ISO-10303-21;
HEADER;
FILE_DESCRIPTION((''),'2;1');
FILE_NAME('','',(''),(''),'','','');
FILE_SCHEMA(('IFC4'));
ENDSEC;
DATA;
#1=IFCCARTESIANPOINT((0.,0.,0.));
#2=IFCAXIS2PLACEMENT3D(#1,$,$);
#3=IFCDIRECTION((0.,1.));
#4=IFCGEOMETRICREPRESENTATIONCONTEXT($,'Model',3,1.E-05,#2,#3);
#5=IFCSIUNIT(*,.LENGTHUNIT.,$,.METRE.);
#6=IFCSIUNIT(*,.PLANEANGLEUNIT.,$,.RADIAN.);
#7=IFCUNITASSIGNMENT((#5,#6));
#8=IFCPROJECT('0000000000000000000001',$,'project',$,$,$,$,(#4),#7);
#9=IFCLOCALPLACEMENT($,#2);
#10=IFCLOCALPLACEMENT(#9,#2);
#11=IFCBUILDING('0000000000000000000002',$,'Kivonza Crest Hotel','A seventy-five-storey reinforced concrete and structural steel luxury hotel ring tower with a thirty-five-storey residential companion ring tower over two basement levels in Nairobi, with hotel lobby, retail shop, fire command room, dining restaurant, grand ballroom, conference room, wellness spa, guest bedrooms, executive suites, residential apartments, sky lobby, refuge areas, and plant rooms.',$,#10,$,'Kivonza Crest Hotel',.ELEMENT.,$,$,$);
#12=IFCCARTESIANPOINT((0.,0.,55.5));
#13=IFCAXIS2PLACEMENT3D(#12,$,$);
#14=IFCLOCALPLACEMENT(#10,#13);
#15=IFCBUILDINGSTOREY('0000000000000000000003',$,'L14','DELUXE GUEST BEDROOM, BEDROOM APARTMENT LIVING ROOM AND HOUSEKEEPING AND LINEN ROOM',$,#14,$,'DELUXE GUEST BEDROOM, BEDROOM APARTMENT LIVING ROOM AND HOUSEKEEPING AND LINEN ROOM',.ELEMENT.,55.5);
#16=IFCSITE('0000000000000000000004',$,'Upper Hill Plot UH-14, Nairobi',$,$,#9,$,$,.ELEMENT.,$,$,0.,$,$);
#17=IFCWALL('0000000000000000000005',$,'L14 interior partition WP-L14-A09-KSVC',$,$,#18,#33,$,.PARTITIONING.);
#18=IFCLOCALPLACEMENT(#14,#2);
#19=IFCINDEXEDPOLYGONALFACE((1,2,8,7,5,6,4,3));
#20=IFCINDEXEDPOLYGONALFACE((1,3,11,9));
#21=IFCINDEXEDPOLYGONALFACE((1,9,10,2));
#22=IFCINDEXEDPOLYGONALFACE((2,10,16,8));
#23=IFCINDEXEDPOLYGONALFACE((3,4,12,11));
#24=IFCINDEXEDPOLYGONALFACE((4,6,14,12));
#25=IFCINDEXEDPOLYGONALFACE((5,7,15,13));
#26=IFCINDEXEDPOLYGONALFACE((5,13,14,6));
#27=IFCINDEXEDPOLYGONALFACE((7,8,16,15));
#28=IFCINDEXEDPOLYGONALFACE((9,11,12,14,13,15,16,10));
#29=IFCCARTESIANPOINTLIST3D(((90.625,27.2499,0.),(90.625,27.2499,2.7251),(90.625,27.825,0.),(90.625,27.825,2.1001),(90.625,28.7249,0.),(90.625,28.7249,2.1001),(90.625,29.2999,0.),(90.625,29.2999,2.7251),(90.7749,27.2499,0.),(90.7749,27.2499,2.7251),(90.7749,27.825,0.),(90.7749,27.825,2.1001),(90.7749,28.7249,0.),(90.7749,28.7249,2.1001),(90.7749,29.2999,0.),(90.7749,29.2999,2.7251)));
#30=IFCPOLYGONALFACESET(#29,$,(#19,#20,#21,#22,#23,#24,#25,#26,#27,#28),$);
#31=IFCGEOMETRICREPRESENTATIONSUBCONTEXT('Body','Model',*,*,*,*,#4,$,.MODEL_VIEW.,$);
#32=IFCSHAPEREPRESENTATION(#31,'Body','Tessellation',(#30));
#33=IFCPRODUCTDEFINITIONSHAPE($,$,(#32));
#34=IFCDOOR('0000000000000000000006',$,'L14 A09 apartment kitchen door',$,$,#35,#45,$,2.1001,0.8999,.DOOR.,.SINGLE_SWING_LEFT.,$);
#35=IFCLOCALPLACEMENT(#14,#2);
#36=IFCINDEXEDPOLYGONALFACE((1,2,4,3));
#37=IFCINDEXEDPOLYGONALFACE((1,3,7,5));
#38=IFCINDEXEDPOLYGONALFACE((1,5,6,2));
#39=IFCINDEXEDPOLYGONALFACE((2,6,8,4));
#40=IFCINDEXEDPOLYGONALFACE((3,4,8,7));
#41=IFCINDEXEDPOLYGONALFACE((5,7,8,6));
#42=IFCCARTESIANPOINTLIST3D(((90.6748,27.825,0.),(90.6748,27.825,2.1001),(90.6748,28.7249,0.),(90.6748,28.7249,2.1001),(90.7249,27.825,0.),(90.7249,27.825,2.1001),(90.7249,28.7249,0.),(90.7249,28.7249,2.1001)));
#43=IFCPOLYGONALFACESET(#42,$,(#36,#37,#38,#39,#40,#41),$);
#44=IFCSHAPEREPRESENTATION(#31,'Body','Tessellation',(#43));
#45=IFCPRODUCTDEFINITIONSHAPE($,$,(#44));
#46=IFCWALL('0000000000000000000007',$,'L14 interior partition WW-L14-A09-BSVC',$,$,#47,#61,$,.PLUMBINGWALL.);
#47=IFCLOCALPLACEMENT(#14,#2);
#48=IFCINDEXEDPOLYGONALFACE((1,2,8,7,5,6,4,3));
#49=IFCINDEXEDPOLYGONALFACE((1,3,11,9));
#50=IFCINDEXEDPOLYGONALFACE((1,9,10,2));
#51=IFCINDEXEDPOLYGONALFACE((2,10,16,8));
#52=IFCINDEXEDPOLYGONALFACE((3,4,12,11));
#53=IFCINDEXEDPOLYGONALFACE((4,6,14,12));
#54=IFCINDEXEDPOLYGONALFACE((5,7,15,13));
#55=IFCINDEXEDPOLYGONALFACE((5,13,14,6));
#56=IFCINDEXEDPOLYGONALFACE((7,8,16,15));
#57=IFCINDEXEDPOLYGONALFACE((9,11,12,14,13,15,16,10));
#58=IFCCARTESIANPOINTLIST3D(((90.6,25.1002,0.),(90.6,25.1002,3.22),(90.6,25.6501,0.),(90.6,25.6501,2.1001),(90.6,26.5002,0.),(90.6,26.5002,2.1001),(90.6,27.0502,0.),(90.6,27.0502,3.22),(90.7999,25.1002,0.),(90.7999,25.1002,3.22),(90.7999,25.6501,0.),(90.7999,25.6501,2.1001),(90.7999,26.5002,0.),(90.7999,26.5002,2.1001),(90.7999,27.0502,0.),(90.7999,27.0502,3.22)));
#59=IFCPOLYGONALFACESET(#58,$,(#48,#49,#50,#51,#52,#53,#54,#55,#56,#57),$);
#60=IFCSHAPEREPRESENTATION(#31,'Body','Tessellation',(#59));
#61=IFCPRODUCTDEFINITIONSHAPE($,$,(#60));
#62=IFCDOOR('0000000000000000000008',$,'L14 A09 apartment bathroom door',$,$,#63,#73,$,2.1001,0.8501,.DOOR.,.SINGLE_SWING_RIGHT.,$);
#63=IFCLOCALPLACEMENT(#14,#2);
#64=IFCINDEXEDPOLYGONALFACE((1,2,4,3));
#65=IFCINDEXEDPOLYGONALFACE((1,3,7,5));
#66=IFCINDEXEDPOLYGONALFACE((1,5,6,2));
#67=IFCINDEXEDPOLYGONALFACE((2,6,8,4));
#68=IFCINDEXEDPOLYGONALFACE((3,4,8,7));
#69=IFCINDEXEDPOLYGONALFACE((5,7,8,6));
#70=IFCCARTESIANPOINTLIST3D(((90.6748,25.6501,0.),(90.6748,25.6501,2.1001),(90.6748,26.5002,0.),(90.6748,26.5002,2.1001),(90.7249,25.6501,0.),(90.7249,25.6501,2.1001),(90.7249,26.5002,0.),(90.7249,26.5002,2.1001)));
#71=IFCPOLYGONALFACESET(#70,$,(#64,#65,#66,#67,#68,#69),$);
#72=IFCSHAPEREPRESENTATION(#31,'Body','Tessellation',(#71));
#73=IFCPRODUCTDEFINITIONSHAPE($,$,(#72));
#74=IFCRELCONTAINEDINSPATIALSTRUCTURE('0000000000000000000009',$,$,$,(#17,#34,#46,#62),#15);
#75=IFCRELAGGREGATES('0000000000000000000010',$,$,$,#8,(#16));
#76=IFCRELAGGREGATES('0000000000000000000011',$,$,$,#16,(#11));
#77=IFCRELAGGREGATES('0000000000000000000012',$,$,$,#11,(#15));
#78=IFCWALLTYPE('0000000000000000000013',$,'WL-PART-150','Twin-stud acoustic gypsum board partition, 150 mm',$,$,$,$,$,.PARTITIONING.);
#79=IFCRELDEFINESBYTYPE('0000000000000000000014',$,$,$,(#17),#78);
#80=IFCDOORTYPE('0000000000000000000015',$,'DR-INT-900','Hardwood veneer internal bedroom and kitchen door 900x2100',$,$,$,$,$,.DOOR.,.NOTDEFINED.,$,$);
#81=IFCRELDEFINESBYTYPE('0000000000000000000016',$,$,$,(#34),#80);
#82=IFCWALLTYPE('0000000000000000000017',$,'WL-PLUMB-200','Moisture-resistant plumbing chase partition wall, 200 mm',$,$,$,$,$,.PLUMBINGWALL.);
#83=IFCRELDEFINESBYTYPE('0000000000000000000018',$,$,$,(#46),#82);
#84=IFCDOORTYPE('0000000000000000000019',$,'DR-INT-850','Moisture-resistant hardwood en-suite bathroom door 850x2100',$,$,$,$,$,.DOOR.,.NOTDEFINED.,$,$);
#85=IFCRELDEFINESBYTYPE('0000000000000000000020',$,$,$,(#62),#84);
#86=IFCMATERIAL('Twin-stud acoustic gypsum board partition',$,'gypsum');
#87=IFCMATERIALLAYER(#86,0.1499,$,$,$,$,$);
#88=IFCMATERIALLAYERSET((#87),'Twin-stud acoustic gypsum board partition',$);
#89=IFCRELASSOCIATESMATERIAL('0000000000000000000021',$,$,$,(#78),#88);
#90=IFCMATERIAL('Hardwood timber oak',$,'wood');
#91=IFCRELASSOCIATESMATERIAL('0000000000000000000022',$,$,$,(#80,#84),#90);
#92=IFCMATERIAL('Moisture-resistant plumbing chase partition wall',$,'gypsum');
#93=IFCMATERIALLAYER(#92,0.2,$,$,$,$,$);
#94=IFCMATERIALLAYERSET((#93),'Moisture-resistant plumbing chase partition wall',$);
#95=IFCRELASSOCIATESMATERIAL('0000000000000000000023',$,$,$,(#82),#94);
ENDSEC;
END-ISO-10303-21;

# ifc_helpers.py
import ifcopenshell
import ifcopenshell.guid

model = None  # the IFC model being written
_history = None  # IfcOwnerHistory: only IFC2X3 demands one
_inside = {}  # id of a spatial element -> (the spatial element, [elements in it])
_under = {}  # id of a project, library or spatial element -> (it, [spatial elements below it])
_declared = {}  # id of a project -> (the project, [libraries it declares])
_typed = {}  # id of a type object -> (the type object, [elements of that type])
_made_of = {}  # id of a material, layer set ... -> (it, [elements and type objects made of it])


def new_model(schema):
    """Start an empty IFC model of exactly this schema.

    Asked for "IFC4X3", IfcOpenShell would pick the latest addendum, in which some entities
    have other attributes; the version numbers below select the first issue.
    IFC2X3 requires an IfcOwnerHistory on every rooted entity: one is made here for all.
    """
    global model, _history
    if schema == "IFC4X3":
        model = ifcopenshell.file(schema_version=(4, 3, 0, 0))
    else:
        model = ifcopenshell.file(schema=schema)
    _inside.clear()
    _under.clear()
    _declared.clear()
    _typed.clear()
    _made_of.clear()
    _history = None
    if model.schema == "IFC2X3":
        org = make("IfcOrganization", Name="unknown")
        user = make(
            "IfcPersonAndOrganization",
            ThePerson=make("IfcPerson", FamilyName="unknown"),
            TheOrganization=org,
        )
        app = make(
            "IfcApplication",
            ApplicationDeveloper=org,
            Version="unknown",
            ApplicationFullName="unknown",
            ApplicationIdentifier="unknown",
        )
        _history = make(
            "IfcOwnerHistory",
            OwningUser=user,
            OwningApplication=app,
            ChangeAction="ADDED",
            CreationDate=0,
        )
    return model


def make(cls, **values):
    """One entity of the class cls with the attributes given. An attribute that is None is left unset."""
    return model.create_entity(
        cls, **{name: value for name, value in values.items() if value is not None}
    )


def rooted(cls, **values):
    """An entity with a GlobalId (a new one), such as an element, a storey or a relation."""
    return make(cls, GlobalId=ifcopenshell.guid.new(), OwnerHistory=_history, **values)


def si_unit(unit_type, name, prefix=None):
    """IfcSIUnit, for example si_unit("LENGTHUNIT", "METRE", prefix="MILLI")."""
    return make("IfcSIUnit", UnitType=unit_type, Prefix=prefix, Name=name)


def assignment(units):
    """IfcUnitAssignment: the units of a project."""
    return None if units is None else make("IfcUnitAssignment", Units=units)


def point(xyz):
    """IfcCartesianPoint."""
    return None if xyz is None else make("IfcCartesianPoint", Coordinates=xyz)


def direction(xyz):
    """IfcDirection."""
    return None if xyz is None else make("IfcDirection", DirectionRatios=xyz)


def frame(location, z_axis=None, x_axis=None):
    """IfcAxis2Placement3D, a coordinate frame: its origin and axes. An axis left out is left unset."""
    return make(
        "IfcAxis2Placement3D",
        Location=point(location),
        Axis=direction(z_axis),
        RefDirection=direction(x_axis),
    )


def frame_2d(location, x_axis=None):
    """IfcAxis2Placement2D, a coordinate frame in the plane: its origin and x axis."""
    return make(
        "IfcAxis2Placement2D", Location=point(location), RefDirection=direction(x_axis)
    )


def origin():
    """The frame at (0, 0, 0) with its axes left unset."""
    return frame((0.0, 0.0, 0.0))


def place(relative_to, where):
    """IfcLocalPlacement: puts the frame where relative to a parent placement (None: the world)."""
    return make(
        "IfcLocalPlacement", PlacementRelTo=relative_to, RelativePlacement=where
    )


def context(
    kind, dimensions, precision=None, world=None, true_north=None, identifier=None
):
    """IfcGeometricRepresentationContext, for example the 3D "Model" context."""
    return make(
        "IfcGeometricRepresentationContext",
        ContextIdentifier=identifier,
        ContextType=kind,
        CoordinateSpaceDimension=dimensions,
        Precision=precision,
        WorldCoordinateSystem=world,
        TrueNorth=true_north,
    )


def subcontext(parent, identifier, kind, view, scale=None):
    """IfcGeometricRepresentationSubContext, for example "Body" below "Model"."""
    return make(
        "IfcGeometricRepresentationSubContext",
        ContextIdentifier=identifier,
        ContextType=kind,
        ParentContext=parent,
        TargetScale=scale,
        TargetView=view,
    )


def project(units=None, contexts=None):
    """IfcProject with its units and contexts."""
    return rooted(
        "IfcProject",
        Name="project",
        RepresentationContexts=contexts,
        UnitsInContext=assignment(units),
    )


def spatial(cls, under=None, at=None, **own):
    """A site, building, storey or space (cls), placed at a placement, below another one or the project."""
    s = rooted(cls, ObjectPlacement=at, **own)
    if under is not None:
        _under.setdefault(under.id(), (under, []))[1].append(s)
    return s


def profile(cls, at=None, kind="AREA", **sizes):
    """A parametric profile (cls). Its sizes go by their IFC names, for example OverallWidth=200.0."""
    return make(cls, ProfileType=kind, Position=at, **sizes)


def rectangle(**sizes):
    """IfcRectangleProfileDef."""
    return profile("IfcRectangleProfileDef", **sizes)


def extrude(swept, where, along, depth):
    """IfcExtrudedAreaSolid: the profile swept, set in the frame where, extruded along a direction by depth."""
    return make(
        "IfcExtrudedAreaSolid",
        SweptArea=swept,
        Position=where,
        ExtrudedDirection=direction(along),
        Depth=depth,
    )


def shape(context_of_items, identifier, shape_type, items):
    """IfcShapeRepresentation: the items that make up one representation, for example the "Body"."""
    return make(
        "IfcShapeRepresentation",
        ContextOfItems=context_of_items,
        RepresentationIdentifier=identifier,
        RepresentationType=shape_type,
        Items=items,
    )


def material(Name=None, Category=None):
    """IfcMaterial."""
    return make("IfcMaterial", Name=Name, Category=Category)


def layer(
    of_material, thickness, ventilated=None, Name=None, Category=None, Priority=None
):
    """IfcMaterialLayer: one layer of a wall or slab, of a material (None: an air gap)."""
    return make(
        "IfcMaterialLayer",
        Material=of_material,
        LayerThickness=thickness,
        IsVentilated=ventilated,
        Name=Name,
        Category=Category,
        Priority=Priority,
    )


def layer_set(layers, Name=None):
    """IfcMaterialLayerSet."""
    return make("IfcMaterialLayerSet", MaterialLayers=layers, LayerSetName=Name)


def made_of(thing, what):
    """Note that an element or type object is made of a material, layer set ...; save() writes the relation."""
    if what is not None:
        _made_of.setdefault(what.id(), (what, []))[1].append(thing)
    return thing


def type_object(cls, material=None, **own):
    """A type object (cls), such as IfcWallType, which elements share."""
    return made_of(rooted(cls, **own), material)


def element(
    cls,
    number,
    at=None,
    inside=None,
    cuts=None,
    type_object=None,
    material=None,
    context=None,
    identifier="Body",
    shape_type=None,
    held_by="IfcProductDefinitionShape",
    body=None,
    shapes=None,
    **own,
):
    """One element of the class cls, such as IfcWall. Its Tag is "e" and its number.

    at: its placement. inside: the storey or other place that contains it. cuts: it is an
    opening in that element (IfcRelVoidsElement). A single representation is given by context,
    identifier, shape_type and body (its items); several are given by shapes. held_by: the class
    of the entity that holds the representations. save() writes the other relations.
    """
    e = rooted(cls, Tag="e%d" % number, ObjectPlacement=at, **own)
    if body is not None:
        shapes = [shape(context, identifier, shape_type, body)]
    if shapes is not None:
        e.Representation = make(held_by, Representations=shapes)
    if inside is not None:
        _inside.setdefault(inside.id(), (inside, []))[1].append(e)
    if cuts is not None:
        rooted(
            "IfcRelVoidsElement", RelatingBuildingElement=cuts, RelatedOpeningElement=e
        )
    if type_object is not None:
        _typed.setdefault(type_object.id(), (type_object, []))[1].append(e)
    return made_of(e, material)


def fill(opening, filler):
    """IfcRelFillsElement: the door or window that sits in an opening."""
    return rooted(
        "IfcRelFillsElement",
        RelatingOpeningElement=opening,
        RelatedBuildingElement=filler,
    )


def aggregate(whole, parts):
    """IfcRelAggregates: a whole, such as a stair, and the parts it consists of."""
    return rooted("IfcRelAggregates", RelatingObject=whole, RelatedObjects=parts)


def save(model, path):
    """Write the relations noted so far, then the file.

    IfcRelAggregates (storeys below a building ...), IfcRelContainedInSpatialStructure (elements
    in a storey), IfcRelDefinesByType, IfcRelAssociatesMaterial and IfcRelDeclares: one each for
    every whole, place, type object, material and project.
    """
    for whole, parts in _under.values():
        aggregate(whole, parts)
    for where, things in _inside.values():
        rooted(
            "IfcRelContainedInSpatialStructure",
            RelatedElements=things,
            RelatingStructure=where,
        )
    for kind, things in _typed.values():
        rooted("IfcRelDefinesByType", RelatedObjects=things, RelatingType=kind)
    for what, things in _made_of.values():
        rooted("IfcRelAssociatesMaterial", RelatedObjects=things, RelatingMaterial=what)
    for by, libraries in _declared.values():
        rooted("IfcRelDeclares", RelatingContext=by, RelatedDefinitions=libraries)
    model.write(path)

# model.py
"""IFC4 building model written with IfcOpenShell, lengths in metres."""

from ifc_helpers import new_model, si_unit, direction, frame, frame_2d, origin, place, context, subcontext, project, spatial, rectangle, extrude, material, layer, layer_set, type_object, element, fill, save


model = new_model("IFC4")

# Units and contexts
model_context = context("Model", 3, precision=1e-05, world=origin(), true_north=direction((0.0, 1.0)))
body_context = subcontext(model_context, "Body", "Model", "MODEL_VIEW")
ifc_project = project(units=[si_unit("LENGTHUNIT", "METRE"), si_unit("PLANEANGLEUNIT", "RADIAN")], contexts=[model_context])

# Site, building, storey
site_placement = place(None, origin())
site = spatial("IfcSite", under=ifc_project, at=site_placement, Name="Upper Hill Plot UH-14, Nairobi", CompositionType="ELEMENT", RefElevation=0.0)
building_placement = place(site_placement, origin())
building = spatial("IfcBuilding", under=site, at=building_placement, Name="Kivonza Crest Hotel", Description="A seventy-five-storey reinforced concrete and structural steel luxury hotel ring tower with a thirty-five-storey residential companion ring tower over two basement levels in Nairobi, with hotel lobby, retail shop, fire command room, dining restaurant, grand ballroom, conference room, wellness spa, guest bedrooms, executive suites, residential apartments, sky lobby, refuge areas, and plant rooms.", LongName="Kivonza Crest Hotel", CompositionType="ELEMENT")
storey_placement = place(building_placement, frame((0.0, 0.0, 55.5)))
storey = spatial("IfcBuildingStorey", under=building, at=storey_placement, Name="L14", Description="DELUXE GUEST BEDROOM, BEDROOM APARTMENT LIVING ROOM AND HOUSEKEEPING AND LINEN ROOM", LongName="DELUXE GUEST BEDROOM, BEDROOM APARTMENT LIVING ROOM AND HOUSEKEEPING AND LINEN ROOM", CompositionType="ELEMENT", Elevation=55.5)

# Shared definitions
ifc_material_1 = material(Name="Twin-stud acoustic gypsum board partition", Category="gypsum")
ifc_layer_1 = layer(ifc_material_1, 0.1499)
ifc_layer_set_1 = layer_set([ifc_layer_1], Name="Twin-stud acoustic gypsum board partition")
wall_type_1 = type_object("IfcWallType", Name="WL-PART-150", Description="Twin-stud acoustic gypsum board partition, 150 mm", PredefinedType="PARTITIONING", material=ifc_layer_set_1)
ifc_material_2 = material(Name="Hardwood timber oak", Category="wood")
door_type_1 = type_object("IfcDoorType", Name="DR-INT-900", Description="Hardwood veneer internal bedroom and kitchen door 900x2100", OperationType="NOTDEFINED", PredefinedType="DOOR", material=ifc_material_2)

# Walls, openings, doors
wall_1_placement = place(storey_placement, frame((90.7, 27.25, 0.0), z_axis=(0.0, 0.0, 1.0), x_axis=(0.0, 1.0, 0.0)))
wall_1 = element("IfcWall", 1, at=wall_1_placement, inside=storey, type_object=wall_type_1, Name="L14 interior partition WP-L14-A09-KSVC", PredefinedType="PARTITIONING", context=body_context, shape_type="SweptSolid", body=[
    extrude(rectangle(XDim=2.05, YDim=0.1499, at=frame_2d((1.0249, 0.0))), origin(), (0.0, 0.0, 1.0), 2.7251),
])
opening_1_placement = place(wall_1_placement, frame((0.575, 0.0, 0.0)))
opening_1 = element("IfcOpeningElement", 2, at=opening_1_placement, cuts=wall_1, PredefinedType="OPENING", context=body_context, shape_type="SweptSolid", body=[
    extrude(rectangle(XDim=0.8999, YDim=2.1001, at=frame_2d((0.45, 1.05))), frame((0.0, 0.085, 0.0), z_axis=(0.0, -1.0, 0.0), x_axis=(1.0, 0.0, 0.0)), (0.0, 0.0, 1.0), 0.1699),
])
door_1_placement = place(opening_1_placement, frame((0.8999, 0.0, 0.0), z_axis=(0.0, 0.0, 1.0), x_axis=(-1.0, 0.0, 0.0)))
door_1 = element("IfcDoor", 3, at=door_1_placement, inside=storey, type_object=door_type_1, Name="L14 A09 apartment kitchen door", OperationType="SINGLE_SWING_LEFT", OverallHeight=2.1001, OverallWidth=0.8999, PredefinedType="DOOR", context=body_context, shape_type="SweptSolid", body=[
    extrude(rectangle(XDim=0.8999, YDim=2.1001, at=frame_2d((0.45, 1.05))), frame((0.0, 0.0249, 0.0), z_axis=(0.0, -1.0, 0.0), x_axis=(1.0, 0.0, 0.0)), (0.0, 0.0, 1.0), 0.05),
])
fill(opening_1, door_1)
ifc_material_3 = material(Name="Moisture-resistant plumbing chase partition wall", Category="gypsum")
ifc_layer_2 = layer(ifc_material_3, 0.2)
ifc_layer_set_2 = layer_set([ifc_layer_2], Name="Moisture-resistant plumbing chase partition wall")
wall_type_2 = type_object("IfcWallType", Name="WL-PLUMB-200", Description="Moisture-resistant plumbing chase partition wall, 200 mm", PredefinedType="PLUMBINGWALL", material=ifc_layer_set_2)
wall_2_placement = place(storey_placement, frame((90.7, 25.1001, 0.0), z_axis=(0.0, 0.0, 1.0), x_axis=(0.0, 1.0, 0.0)))
wall_2 = element("IfcWall", 4, at=wall_2_placement, inside=storey, type_object=wall_type_2, Name="L14 interior partition WW-L14-A09-BSVC", PredefinedType="PLUMBINGWALL", context=body_context, shape_type="SweptSolid", body=[
    extrude(rectangle(XDim=1.95, YDim=0.2, at=frame_2d((0.9751, 0.0))), origin(), (0.0, 0.0, 1.0), 3.22),
])
opening_2_placement = place(wall_2_placement, frame((0.55, 0.0, 0.0)))
opening_2 = element("IfcOpeningElement", 5, at=opening_2_placement, cuts=wall_2, PredefinedType="OPENING", context=body_context, shape_type="SweptSolid", body=[
    extrude(rectangle(XDim=0.8501, YDim=2.1001, at=frame_2d((0.425, 1.05))), frame((0.0, 0.1099, 0.0), z_axis=(0.0, -1.0, 0.0), x_axis=(1.0, 0.0, 0.0)), (0.0, 0.0, 1.0), 0.22),
])
door_type_2 = type_object("IfcDoorType", Name="DR-INT-850", Description="Moisture-resistant hardwood en-suite bathroom door 850x2100", OperationType="NOTDEFINED", PredefinedType="DOOR", material=ifc_material_2)
door_2_placement = place(opening_2_placement, frame((0.8501, 0.0, 0.0), z_axis=(0.0, 0.0, 1.0), x_axis=(-1.0, 0.0, 0.0)))
door_2 = element("IfcDoor", 6, at=door_2_placement, inside=storey, type_object=door_type_2, Name="L14 A09 apartment bathroom door", OperationType="SINGLE_SWING_RIGHT", OverallHeight=2.1001, OverallWidth=0.8501, PredefinedType="DOOR", context=body_context, shape_type="SweptSolid", body=[
    extrude(rectangle(XDim=0.8501, YDim=2.1001, at=frame_2d((0.425, 1.05))), frame((0.0, 0.0249, 0.0), z_axis=(0.0, -1.0, 0.0), x_axis=(1.0, 0.0, 0.0)), (0.0, 0.0, 1.0), 0.05),
])
fill(opening_2, door_2)

save(model, "model.ifc")
